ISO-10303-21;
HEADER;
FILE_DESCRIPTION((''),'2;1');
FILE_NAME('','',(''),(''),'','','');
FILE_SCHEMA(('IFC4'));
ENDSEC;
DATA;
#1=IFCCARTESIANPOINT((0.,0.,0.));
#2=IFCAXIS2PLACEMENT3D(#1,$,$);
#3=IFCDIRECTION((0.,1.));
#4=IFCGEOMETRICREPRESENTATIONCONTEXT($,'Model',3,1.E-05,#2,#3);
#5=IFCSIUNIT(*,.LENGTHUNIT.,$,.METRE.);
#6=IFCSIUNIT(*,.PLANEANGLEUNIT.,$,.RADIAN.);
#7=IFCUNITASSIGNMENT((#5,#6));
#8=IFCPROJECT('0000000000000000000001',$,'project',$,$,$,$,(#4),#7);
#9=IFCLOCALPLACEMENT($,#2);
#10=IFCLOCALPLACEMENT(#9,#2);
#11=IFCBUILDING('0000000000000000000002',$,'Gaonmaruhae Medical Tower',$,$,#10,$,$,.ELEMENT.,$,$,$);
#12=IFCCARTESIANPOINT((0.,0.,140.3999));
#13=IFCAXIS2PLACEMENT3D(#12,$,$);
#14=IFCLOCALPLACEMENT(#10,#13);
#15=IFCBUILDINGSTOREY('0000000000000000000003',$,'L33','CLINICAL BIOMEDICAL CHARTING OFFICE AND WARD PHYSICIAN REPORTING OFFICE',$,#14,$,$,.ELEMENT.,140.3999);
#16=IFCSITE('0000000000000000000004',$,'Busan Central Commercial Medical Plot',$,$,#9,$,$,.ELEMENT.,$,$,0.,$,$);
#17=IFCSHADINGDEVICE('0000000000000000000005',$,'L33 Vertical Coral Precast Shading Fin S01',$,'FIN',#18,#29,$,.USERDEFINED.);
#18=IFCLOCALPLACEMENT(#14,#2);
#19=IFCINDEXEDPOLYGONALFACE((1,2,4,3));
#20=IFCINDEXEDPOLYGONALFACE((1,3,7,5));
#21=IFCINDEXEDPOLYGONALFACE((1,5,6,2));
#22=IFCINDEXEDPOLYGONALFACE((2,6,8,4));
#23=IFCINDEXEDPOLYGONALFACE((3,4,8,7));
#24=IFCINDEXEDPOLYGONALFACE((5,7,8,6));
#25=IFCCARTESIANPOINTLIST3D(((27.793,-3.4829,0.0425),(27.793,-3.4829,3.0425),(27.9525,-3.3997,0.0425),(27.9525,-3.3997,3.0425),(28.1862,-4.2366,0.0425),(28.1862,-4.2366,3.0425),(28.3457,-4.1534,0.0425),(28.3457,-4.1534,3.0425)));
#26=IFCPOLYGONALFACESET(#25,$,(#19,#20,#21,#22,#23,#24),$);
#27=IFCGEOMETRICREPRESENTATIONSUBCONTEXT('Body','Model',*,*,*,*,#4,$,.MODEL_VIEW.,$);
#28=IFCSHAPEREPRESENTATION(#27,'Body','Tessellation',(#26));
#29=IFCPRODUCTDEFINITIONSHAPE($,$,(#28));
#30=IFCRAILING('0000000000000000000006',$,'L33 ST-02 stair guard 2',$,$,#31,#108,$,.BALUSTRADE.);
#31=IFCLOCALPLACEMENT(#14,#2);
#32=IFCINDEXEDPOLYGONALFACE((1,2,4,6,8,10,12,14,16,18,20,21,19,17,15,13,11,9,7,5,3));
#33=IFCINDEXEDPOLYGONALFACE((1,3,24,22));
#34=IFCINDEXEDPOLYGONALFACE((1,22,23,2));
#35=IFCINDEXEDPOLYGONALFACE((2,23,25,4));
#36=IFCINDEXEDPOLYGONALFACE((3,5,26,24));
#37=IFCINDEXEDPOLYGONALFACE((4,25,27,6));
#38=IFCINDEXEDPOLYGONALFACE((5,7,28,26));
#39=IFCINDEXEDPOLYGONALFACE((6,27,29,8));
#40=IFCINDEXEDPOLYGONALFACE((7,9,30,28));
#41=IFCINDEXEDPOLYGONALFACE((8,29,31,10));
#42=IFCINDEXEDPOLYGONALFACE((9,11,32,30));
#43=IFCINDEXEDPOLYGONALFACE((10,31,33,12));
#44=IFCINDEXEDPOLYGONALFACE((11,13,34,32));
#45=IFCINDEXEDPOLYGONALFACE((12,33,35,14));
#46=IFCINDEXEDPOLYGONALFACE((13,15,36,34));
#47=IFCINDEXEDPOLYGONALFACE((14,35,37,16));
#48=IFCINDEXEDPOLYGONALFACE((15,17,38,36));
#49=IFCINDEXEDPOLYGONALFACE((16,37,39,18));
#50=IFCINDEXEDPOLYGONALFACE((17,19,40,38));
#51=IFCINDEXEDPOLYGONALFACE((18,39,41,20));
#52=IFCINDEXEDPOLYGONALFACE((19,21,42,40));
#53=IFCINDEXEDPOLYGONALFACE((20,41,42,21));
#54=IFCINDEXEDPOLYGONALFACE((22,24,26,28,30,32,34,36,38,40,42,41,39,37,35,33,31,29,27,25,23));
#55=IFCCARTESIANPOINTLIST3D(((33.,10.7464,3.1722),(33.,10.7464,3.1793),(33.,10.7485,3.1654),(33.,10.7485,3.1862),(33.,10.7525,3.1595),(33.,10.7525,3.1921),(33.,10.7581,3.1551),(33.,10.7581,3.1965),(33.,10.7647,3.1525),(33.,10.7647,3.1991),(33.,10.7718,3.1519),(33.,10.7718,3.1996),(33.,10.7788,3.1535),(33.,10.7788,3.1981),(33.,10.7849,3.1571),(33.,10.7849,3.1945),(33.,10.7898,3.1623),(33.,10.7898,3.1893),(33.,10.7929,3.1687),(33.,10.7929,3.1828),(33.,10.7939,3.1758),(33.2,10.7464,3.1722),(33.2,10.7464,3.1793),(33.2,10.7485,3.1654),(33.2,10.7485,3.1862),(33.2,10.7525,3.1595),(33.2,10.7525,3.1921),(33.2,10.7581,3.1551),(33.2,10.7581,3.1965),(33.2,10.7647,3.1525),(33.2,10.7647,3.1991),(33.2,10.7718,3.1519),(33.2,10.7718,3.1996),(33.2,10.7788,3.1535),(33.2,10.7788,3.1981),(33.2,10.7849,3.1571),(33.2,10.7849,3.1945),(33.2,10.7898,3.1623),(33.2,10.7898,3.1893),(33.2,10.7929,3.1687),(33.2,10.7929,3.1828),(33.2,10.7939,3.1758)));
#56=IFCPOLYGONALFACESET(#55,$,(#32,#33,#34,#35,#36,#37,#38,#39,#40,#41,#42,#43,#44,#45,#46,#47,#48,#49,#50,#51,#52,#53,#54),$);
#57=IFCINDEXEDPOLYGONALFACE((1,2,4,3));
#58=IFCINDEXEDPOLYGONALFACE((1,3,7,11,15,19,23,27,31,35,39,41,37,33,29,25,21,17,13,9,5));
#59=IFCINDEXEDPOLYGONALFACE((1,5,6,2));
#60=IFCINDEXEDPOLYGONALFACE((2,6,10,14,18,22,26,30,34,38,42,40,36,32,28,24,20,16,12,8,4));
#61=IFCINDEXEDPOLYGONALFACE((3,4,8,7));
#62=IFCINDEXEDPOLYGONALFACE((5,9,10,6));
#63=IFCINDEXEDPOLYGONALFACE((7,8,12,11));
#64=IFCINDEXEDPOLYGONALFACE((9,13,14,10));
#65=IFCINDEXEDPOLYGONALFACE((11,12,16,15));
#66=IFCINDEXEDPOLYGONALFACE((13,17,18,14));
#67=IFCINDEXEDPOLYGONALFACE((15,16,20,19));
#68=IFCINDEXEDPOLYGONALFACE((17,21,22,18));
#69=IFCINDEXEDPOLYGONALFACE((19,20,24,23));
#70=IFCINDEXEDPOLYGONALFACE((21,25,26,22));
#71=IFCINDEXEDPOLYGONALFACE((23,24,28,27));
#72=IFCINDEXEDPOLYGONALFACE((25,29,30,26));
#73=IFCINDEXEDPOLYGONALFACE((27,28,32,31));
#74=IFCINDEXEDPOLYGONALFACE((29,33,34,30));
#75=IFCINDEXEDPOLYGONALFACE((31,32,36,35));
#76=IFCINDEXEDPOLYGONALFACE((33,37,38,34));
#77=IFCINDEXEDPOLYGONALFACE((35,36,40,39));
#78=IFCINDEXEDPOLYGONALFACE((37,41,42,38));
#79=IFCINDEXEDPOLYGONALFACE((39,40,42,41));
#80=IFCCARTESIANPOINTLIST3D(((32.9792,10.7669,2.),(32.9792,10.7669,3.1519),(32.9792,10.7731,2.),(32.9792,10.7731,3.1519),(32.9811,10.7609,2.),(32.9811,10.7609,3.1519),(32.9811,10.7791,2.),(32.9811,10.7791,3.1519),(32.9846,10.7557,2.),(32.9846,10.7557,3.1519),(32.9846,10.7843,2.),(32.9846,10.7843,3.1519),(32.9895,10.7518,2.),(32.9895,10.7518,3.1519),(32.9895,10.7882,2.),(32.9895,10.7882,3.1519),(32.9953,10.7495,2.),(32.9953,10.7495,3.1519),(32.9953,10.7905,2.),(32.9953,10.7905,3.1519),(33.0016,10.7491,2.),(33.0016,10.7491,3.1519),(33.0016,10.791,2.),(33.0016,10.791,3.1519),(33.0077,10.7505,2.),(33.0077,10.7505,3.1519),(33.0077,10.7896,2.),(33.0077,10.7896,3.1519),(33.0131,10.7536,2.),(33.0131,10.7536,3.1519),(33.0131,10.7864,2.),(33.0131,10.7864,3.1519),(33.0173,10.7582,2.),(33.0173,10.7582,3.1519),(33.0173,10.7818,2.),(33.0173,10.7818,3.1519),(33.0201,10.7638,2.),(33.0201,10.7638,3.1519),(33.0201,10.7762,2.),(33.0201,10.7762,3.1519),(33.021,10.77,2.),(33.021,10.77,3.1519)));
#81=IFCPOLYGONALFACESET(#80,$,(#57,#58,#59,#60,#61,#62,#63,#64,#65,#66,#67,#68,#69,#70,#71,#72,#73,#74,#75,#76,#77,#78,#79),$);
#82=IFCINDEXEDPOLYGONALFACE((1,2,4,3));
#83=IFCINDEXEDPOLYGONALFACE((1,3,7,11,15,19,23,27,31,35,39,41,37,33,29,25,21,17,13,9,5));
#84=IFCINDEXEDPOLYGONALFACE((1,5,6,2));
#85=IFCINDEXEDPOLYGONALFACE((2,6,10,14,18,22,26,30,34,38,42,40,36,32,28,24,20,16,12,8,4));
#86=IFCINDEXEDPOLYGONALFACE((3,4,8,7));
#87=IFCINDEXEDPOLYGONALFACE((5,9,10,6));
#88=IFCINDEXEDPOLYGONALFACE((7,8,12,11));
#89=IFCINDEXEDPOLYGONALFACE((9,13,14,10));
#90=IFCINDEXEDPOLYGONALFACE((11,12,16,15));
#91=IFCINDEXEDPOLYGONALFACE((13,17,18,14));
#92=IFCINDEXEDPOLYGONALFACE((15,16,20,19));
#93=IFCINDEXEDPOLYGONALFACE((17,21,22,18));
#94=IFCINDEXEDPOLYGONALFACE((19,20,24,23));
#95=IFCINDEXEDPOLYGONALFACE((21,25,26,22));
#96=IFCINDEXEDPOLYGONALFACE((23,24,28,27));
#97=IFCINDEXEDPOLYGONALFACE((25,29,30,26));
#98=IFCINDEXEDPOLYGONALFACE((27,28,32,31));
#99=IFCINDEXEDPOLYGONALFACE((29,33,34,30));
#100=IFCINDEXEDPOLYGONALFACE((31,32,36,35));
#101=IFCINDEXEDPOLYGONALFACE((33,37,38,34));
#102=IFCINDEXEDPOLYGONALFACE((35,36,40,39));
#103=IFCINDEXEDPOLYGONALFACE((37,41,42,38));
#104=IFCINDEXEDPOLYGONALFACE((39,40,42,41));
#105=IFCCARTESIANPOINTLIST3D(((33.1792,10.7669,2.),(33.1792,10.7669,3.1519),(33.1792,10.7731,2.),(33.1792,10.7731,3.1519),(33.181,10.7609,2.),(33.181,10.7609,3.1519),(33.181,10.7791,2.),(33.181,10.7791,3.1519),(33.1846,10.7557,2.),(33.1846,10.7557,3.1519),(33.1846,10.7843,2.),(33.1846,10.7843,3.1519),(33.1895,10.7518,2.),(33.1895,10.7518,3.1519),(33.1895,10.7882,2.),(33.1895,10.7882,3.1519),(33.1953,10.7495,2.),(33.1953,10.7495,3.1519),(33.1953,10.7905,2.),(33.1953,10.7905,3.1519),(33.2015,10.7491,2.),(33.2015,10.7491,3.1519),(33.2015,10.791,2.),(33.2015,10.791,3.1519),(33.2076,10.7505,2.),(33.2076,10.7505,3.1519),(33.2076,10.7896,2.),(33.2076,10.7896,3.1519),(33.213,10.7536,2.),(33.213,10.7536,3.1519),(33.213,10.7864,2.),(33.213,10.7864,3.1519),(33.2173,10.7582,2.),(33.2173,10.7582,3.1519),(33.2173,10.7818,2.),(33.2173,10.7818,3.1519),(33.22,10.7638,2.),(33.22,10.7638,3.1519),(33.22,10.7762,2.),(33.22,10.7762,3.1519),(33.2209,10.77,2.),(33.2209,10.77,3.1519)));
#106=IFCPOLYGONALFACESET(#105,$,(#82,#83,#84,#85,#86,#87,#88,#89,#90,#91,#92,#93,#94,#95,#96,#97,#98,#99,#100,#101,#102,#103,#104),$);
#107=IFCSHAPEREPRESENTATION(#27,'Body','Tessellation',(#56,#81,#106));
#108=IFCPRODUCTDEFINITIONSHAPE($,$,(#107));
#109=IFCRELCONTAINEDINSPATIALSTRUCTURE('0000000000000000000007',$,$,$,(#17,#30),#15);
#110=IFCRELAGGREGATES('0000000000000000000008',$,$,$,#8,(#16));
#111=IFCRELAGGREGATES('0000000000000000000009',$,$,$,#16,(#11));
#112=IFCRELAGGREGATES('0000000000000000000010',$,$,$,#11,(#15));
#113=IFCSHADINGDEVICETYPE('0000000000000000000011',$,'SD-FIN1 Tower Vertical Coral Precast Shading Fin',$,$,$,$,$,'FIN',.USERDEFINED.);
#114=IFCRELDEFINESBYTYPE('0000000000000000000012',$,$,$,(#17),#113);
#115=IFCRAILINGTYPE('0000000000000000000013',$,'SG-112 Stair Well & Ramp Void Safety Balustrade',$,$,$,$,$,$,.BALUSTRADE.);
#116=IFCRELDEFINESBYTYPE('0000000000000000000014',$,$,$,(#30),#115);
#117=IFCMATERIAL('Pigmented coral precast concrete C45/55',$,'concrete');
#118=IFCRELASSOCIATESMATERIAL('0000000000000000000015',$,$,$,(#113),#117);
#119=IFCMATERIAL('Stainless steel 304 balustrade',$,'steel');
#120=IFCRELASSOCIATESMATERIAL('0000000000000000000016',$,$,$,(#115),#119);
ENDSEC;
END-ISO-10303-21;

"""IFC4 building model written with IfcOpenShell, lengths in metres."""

from ifc_helpers import new_model, si_unit, direction, frame, origin, origin_2d, place, context, subcontext, project, spatial, rectangle, circle, extrude, material, type_object, element, save


model = new_model("IFC4")

# Units and contexts
model_context = context("Model", 3, precision=1e-05, world=origin(), true_north=direction((0.0, 1.0)))
body_context = subcontext(model_context, "Body", "Model", "MODEL_VIEW")
ifc_project = project(units=[si_unit("LENGTHUNIT", "METRE"), si_unit("PLANEANGLEUNIT", "RADIAN")], contexts=[model_context])

# Site, building, storey
site_placement = place(None, origin())
site = spatial("IfcSite", under=ifc_project, at=site_placement, Name="Busan Central Commercial Medical Plot", CompositionType="ELEMENT", RefElevation=0.0)
building_placement = place(site_placement, origin())
building = spatial("IfcBuilding", under=site, at=building_placement, Name="Gaonmaruhae Medical Tower", CompositionType="ELEMENT")
storey_placement = place(building_placement, frame((0.0, 0.0, 140.3999)))
storey = spatial("IfcBuildingStorey", under=building, at=storey_placement, Name="L33", Description="CLINICAL BIOMEDICAL CHARTING OFFICE AND WARD PHYSICIAN REPORTING OFFICE", CompositionType="ELEMENT", Elevation=140.3999)

# Shading device
ifc_material_1 = material(Name="Pigmented coral precast concrete C45/55", Category="concrete")
shading_device_type = type_object("IfcShadingDeviceType", Name="SD-FIN1 Tower Vertical Coral Precast Shading Fin", ElementType="FIN", PredefinedType="USERDEFINED", material=ifc_material_1)
shading_device_placement = place(storey_placement, frame((28.0693, -3.8181, 0.0425), z_axis=(0.0, 0.0, 1.0), x_axis=(-0.886608, -0.462523, 0.0)))
element("IfcShadingDevice", 1, at=shading_device_placement, inside=storey, type_object=shading_device_type, Name="L33 Vertical Coral Precast Shading Fin S01", ObjectType="FIN", PredefinedType="USERDEFINED", context=body_context, shape_type="SweptSolid", body=[
    extrude(rectangle(XDim=0.1799, YDim=0.8501, at=origin_2d()), origin(), (0.0, 0.0, 1.0), 3.0),
])

# Railing
ifc_material_2 = material(Name="Stainless steel 304 balustrade", Category="steel")
railing_type = type_object("IfcRailingType", Name="SG-112 Stair Well & Ramp Void Safety Balustrade", PredefinedType="BALUSTRADE", material=ifc_material_2)
railing_1_placement = place(storey_placement, frame((33.0, 10.77, 2.0)))
element("IfcRailing", 2, at=railing_1_placement, inside=storey, type_object=railing_type, Name="L33 ST-02 stair guard 2", PredefinedType="BALUSTRADE", context=body_context, shape_type="SweptSolid", body=[
    extrude(circle(Radius=0.0239, at=origin_2d()), frame((0.0, 0.0, 1.1758), z_axis=(1.0, 0.0, 0.0), x_axis=(0.0, 1.0, 0.0)), (0.0, 0.0, 1.0), 0.2),
    extrude(circle(Radius=0.021, at=origin_2d()), origin(), (0.0, 0.0, 1.0), 1.1519),
    extrude(circle(Radius=0.021, at=origin_2d()), frame((0.2, 0.0, 0.0)), (0.0, 0.0, 1.0), 1.1519),
])

save(model, "model.ifc")
